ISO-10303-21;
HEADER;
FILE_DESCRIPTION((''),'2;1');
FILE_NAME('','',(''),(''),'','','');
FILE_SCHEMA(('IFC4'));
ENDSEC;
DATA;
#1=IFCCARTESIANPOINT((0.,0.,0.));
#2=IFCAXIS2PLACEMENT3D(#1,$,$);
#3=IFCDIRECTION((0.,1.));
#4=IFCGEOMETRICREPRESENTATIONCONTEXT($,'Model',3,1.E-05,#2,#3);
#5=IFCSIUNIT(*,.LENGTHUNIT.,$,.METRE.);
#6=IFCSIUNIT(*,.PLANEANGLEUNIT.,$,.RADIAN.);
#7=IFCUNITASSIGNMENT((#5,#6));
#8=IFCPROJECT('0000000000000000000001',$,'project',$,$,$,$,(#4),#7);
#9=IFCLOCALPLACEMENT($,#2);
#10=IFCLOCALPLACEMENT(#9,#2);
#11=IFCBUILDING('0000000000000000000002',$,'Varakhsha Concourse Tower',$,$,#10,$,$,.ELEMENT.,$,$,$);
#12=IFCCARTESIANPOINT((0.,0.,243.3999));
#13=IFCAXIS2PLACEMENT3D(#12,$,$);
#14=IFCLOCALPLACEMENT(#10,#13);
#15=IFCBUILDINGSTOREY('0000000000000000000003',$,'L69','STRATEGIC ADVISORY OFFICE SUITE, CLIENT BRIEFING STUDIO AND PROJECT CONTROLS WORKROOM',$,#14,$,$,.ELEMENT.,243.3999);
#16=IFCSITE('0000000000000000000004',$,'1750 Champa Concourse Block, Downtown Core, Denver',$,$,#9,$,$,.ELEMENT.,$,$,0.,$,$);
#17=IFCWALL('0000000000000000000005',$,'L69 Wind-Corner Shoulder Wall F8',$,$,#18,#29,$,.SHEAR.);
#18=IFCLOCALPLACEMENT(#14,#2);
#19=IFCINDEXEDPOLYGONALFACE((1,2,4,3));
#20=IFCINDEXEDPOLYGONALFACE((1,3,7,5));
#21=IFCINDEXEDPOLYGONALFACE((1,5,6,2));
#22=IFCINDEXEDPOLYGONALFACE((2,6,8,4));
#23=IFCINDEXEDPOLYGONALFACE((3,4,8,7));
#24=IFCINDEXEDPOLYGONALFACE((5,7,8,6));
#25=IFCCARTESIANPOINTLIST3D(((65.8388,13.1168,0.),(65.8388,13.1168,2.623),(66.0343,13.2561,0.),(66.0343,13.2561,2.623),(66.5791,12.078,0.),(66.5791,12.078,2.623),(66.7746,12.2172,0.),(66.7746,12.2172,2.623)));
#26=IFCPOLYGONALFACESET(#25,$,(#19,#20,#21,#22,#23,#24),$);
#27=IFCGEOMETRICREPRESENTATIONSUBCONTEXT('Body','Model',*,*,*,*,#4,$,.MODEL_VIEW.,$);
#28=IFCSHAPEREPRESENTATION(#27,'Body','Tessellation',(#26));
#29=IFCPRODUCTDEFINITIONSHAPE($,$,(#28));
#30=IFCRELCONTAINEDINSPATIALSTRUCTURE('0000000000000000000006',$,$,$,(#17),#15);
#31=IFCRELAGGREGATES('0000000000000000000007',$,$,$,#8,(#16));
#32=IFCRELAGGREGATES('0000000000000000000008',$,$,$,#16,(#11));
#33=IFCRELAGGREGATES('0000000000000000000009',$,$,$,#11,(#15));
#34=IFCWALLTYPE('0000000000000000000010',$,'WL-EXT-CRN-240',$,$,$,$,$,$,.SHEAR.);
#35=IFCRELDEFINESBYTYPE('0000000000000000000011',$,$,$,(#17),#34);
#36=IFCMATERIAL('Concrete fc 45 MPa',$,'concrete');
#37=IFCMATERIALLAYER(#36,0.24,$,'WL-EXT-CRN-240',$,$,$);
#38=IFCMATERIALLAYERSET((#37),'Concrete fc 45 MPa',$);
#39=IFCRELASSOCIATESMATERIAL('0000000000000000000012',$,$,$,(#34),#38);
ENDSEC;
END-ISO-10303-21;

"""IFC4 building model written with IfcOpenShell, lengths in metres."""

from ifc_helpers import new_model, si_unit, direction, frame, frame_2d, origin, place, context, subcontext, project, spatial, rectangle, extrude, material, layer, layer_set, type_object, element, save


model = new_model("IFC4")

# Units and contexts
model_context = context("Model", 3, precision=1e-05, world=origin(), true_north=direction((0.0, 1.0)))
body_context = subcontext(model_context, "Body", "Model", "MODEL_VIEW")
ifc_project = project(units=[si_unit("LENGTHUNIT", "METRE"), si_unit("PLANEANGLEUNIT", "RADIAN")], contexts=[model_context])

# Site, building, storey
site_placement = place(None, origin())
site = spatial("IfcSite", under=ifc_project, at=site_placement, Name="1750 Champa Concourse Block, Downtown Core, Denver", CompositionType="ELEMENT", RefElevation=0.0)
building_placement = place(site_placement, origin())
building = spatial("IfcBuilding", under=site, at=building_placement, Name="Varakhsha Concourse Tower", CompositionType="ELEMENT")
storey_placement = place(building_placement, frame((0.0, 0.0, 243.3999)))
storey = spatial("IfcBuildingStorey", under=building, at=storey_placement, Name="L69", Description="STRATEGIC ADVISORY OFFICE SUITE, CLIENT BRIEFING STUDIO AND PROJECT CONTROLS WORKROOM", CompositionType="ELEMENT", Elevation=243.3999)

# Wall
ifc_material_1 = material(Name="Concrete fc 45 MPa", Category="concrete")
ifc_layer_1 = layer(ifc_material_1, 0.24, Name="WL-EXT-CRN-240")
ifc_layer_set_1 = layer_set([ifc_layer_1], Name="Concrete fc 45 MPa")
wall_type = type_object("IfcWallType", Name="WL-EXT-CRN-240", PredefinedType="SHEAR", material=ifc_layer_set_1)
wall_1_placement = place(storey_placement, frame((66.6768, 12.1477, 0.0), z_axis=(0.0, 0.0, 1.0), x_axis=(-0.580314, 0.814392, 0.0)))
element("IfcWall", 1, at=wall_1_placement, inside=storey, type_object=wall_type, Name="L69 Wind-Corner Shoulder Wall F8", PredefinedType="SHEAR", context=body_context, shape_type="SweptSolid", body=[
    extrude(rectangle(XDim=1.2756, YDim=0.24, at=frame_2d((0.6377, 0.0))), origin(), (0.0, 0.0, 1.0), 2.623),
])

save(model, "model.ifc")
